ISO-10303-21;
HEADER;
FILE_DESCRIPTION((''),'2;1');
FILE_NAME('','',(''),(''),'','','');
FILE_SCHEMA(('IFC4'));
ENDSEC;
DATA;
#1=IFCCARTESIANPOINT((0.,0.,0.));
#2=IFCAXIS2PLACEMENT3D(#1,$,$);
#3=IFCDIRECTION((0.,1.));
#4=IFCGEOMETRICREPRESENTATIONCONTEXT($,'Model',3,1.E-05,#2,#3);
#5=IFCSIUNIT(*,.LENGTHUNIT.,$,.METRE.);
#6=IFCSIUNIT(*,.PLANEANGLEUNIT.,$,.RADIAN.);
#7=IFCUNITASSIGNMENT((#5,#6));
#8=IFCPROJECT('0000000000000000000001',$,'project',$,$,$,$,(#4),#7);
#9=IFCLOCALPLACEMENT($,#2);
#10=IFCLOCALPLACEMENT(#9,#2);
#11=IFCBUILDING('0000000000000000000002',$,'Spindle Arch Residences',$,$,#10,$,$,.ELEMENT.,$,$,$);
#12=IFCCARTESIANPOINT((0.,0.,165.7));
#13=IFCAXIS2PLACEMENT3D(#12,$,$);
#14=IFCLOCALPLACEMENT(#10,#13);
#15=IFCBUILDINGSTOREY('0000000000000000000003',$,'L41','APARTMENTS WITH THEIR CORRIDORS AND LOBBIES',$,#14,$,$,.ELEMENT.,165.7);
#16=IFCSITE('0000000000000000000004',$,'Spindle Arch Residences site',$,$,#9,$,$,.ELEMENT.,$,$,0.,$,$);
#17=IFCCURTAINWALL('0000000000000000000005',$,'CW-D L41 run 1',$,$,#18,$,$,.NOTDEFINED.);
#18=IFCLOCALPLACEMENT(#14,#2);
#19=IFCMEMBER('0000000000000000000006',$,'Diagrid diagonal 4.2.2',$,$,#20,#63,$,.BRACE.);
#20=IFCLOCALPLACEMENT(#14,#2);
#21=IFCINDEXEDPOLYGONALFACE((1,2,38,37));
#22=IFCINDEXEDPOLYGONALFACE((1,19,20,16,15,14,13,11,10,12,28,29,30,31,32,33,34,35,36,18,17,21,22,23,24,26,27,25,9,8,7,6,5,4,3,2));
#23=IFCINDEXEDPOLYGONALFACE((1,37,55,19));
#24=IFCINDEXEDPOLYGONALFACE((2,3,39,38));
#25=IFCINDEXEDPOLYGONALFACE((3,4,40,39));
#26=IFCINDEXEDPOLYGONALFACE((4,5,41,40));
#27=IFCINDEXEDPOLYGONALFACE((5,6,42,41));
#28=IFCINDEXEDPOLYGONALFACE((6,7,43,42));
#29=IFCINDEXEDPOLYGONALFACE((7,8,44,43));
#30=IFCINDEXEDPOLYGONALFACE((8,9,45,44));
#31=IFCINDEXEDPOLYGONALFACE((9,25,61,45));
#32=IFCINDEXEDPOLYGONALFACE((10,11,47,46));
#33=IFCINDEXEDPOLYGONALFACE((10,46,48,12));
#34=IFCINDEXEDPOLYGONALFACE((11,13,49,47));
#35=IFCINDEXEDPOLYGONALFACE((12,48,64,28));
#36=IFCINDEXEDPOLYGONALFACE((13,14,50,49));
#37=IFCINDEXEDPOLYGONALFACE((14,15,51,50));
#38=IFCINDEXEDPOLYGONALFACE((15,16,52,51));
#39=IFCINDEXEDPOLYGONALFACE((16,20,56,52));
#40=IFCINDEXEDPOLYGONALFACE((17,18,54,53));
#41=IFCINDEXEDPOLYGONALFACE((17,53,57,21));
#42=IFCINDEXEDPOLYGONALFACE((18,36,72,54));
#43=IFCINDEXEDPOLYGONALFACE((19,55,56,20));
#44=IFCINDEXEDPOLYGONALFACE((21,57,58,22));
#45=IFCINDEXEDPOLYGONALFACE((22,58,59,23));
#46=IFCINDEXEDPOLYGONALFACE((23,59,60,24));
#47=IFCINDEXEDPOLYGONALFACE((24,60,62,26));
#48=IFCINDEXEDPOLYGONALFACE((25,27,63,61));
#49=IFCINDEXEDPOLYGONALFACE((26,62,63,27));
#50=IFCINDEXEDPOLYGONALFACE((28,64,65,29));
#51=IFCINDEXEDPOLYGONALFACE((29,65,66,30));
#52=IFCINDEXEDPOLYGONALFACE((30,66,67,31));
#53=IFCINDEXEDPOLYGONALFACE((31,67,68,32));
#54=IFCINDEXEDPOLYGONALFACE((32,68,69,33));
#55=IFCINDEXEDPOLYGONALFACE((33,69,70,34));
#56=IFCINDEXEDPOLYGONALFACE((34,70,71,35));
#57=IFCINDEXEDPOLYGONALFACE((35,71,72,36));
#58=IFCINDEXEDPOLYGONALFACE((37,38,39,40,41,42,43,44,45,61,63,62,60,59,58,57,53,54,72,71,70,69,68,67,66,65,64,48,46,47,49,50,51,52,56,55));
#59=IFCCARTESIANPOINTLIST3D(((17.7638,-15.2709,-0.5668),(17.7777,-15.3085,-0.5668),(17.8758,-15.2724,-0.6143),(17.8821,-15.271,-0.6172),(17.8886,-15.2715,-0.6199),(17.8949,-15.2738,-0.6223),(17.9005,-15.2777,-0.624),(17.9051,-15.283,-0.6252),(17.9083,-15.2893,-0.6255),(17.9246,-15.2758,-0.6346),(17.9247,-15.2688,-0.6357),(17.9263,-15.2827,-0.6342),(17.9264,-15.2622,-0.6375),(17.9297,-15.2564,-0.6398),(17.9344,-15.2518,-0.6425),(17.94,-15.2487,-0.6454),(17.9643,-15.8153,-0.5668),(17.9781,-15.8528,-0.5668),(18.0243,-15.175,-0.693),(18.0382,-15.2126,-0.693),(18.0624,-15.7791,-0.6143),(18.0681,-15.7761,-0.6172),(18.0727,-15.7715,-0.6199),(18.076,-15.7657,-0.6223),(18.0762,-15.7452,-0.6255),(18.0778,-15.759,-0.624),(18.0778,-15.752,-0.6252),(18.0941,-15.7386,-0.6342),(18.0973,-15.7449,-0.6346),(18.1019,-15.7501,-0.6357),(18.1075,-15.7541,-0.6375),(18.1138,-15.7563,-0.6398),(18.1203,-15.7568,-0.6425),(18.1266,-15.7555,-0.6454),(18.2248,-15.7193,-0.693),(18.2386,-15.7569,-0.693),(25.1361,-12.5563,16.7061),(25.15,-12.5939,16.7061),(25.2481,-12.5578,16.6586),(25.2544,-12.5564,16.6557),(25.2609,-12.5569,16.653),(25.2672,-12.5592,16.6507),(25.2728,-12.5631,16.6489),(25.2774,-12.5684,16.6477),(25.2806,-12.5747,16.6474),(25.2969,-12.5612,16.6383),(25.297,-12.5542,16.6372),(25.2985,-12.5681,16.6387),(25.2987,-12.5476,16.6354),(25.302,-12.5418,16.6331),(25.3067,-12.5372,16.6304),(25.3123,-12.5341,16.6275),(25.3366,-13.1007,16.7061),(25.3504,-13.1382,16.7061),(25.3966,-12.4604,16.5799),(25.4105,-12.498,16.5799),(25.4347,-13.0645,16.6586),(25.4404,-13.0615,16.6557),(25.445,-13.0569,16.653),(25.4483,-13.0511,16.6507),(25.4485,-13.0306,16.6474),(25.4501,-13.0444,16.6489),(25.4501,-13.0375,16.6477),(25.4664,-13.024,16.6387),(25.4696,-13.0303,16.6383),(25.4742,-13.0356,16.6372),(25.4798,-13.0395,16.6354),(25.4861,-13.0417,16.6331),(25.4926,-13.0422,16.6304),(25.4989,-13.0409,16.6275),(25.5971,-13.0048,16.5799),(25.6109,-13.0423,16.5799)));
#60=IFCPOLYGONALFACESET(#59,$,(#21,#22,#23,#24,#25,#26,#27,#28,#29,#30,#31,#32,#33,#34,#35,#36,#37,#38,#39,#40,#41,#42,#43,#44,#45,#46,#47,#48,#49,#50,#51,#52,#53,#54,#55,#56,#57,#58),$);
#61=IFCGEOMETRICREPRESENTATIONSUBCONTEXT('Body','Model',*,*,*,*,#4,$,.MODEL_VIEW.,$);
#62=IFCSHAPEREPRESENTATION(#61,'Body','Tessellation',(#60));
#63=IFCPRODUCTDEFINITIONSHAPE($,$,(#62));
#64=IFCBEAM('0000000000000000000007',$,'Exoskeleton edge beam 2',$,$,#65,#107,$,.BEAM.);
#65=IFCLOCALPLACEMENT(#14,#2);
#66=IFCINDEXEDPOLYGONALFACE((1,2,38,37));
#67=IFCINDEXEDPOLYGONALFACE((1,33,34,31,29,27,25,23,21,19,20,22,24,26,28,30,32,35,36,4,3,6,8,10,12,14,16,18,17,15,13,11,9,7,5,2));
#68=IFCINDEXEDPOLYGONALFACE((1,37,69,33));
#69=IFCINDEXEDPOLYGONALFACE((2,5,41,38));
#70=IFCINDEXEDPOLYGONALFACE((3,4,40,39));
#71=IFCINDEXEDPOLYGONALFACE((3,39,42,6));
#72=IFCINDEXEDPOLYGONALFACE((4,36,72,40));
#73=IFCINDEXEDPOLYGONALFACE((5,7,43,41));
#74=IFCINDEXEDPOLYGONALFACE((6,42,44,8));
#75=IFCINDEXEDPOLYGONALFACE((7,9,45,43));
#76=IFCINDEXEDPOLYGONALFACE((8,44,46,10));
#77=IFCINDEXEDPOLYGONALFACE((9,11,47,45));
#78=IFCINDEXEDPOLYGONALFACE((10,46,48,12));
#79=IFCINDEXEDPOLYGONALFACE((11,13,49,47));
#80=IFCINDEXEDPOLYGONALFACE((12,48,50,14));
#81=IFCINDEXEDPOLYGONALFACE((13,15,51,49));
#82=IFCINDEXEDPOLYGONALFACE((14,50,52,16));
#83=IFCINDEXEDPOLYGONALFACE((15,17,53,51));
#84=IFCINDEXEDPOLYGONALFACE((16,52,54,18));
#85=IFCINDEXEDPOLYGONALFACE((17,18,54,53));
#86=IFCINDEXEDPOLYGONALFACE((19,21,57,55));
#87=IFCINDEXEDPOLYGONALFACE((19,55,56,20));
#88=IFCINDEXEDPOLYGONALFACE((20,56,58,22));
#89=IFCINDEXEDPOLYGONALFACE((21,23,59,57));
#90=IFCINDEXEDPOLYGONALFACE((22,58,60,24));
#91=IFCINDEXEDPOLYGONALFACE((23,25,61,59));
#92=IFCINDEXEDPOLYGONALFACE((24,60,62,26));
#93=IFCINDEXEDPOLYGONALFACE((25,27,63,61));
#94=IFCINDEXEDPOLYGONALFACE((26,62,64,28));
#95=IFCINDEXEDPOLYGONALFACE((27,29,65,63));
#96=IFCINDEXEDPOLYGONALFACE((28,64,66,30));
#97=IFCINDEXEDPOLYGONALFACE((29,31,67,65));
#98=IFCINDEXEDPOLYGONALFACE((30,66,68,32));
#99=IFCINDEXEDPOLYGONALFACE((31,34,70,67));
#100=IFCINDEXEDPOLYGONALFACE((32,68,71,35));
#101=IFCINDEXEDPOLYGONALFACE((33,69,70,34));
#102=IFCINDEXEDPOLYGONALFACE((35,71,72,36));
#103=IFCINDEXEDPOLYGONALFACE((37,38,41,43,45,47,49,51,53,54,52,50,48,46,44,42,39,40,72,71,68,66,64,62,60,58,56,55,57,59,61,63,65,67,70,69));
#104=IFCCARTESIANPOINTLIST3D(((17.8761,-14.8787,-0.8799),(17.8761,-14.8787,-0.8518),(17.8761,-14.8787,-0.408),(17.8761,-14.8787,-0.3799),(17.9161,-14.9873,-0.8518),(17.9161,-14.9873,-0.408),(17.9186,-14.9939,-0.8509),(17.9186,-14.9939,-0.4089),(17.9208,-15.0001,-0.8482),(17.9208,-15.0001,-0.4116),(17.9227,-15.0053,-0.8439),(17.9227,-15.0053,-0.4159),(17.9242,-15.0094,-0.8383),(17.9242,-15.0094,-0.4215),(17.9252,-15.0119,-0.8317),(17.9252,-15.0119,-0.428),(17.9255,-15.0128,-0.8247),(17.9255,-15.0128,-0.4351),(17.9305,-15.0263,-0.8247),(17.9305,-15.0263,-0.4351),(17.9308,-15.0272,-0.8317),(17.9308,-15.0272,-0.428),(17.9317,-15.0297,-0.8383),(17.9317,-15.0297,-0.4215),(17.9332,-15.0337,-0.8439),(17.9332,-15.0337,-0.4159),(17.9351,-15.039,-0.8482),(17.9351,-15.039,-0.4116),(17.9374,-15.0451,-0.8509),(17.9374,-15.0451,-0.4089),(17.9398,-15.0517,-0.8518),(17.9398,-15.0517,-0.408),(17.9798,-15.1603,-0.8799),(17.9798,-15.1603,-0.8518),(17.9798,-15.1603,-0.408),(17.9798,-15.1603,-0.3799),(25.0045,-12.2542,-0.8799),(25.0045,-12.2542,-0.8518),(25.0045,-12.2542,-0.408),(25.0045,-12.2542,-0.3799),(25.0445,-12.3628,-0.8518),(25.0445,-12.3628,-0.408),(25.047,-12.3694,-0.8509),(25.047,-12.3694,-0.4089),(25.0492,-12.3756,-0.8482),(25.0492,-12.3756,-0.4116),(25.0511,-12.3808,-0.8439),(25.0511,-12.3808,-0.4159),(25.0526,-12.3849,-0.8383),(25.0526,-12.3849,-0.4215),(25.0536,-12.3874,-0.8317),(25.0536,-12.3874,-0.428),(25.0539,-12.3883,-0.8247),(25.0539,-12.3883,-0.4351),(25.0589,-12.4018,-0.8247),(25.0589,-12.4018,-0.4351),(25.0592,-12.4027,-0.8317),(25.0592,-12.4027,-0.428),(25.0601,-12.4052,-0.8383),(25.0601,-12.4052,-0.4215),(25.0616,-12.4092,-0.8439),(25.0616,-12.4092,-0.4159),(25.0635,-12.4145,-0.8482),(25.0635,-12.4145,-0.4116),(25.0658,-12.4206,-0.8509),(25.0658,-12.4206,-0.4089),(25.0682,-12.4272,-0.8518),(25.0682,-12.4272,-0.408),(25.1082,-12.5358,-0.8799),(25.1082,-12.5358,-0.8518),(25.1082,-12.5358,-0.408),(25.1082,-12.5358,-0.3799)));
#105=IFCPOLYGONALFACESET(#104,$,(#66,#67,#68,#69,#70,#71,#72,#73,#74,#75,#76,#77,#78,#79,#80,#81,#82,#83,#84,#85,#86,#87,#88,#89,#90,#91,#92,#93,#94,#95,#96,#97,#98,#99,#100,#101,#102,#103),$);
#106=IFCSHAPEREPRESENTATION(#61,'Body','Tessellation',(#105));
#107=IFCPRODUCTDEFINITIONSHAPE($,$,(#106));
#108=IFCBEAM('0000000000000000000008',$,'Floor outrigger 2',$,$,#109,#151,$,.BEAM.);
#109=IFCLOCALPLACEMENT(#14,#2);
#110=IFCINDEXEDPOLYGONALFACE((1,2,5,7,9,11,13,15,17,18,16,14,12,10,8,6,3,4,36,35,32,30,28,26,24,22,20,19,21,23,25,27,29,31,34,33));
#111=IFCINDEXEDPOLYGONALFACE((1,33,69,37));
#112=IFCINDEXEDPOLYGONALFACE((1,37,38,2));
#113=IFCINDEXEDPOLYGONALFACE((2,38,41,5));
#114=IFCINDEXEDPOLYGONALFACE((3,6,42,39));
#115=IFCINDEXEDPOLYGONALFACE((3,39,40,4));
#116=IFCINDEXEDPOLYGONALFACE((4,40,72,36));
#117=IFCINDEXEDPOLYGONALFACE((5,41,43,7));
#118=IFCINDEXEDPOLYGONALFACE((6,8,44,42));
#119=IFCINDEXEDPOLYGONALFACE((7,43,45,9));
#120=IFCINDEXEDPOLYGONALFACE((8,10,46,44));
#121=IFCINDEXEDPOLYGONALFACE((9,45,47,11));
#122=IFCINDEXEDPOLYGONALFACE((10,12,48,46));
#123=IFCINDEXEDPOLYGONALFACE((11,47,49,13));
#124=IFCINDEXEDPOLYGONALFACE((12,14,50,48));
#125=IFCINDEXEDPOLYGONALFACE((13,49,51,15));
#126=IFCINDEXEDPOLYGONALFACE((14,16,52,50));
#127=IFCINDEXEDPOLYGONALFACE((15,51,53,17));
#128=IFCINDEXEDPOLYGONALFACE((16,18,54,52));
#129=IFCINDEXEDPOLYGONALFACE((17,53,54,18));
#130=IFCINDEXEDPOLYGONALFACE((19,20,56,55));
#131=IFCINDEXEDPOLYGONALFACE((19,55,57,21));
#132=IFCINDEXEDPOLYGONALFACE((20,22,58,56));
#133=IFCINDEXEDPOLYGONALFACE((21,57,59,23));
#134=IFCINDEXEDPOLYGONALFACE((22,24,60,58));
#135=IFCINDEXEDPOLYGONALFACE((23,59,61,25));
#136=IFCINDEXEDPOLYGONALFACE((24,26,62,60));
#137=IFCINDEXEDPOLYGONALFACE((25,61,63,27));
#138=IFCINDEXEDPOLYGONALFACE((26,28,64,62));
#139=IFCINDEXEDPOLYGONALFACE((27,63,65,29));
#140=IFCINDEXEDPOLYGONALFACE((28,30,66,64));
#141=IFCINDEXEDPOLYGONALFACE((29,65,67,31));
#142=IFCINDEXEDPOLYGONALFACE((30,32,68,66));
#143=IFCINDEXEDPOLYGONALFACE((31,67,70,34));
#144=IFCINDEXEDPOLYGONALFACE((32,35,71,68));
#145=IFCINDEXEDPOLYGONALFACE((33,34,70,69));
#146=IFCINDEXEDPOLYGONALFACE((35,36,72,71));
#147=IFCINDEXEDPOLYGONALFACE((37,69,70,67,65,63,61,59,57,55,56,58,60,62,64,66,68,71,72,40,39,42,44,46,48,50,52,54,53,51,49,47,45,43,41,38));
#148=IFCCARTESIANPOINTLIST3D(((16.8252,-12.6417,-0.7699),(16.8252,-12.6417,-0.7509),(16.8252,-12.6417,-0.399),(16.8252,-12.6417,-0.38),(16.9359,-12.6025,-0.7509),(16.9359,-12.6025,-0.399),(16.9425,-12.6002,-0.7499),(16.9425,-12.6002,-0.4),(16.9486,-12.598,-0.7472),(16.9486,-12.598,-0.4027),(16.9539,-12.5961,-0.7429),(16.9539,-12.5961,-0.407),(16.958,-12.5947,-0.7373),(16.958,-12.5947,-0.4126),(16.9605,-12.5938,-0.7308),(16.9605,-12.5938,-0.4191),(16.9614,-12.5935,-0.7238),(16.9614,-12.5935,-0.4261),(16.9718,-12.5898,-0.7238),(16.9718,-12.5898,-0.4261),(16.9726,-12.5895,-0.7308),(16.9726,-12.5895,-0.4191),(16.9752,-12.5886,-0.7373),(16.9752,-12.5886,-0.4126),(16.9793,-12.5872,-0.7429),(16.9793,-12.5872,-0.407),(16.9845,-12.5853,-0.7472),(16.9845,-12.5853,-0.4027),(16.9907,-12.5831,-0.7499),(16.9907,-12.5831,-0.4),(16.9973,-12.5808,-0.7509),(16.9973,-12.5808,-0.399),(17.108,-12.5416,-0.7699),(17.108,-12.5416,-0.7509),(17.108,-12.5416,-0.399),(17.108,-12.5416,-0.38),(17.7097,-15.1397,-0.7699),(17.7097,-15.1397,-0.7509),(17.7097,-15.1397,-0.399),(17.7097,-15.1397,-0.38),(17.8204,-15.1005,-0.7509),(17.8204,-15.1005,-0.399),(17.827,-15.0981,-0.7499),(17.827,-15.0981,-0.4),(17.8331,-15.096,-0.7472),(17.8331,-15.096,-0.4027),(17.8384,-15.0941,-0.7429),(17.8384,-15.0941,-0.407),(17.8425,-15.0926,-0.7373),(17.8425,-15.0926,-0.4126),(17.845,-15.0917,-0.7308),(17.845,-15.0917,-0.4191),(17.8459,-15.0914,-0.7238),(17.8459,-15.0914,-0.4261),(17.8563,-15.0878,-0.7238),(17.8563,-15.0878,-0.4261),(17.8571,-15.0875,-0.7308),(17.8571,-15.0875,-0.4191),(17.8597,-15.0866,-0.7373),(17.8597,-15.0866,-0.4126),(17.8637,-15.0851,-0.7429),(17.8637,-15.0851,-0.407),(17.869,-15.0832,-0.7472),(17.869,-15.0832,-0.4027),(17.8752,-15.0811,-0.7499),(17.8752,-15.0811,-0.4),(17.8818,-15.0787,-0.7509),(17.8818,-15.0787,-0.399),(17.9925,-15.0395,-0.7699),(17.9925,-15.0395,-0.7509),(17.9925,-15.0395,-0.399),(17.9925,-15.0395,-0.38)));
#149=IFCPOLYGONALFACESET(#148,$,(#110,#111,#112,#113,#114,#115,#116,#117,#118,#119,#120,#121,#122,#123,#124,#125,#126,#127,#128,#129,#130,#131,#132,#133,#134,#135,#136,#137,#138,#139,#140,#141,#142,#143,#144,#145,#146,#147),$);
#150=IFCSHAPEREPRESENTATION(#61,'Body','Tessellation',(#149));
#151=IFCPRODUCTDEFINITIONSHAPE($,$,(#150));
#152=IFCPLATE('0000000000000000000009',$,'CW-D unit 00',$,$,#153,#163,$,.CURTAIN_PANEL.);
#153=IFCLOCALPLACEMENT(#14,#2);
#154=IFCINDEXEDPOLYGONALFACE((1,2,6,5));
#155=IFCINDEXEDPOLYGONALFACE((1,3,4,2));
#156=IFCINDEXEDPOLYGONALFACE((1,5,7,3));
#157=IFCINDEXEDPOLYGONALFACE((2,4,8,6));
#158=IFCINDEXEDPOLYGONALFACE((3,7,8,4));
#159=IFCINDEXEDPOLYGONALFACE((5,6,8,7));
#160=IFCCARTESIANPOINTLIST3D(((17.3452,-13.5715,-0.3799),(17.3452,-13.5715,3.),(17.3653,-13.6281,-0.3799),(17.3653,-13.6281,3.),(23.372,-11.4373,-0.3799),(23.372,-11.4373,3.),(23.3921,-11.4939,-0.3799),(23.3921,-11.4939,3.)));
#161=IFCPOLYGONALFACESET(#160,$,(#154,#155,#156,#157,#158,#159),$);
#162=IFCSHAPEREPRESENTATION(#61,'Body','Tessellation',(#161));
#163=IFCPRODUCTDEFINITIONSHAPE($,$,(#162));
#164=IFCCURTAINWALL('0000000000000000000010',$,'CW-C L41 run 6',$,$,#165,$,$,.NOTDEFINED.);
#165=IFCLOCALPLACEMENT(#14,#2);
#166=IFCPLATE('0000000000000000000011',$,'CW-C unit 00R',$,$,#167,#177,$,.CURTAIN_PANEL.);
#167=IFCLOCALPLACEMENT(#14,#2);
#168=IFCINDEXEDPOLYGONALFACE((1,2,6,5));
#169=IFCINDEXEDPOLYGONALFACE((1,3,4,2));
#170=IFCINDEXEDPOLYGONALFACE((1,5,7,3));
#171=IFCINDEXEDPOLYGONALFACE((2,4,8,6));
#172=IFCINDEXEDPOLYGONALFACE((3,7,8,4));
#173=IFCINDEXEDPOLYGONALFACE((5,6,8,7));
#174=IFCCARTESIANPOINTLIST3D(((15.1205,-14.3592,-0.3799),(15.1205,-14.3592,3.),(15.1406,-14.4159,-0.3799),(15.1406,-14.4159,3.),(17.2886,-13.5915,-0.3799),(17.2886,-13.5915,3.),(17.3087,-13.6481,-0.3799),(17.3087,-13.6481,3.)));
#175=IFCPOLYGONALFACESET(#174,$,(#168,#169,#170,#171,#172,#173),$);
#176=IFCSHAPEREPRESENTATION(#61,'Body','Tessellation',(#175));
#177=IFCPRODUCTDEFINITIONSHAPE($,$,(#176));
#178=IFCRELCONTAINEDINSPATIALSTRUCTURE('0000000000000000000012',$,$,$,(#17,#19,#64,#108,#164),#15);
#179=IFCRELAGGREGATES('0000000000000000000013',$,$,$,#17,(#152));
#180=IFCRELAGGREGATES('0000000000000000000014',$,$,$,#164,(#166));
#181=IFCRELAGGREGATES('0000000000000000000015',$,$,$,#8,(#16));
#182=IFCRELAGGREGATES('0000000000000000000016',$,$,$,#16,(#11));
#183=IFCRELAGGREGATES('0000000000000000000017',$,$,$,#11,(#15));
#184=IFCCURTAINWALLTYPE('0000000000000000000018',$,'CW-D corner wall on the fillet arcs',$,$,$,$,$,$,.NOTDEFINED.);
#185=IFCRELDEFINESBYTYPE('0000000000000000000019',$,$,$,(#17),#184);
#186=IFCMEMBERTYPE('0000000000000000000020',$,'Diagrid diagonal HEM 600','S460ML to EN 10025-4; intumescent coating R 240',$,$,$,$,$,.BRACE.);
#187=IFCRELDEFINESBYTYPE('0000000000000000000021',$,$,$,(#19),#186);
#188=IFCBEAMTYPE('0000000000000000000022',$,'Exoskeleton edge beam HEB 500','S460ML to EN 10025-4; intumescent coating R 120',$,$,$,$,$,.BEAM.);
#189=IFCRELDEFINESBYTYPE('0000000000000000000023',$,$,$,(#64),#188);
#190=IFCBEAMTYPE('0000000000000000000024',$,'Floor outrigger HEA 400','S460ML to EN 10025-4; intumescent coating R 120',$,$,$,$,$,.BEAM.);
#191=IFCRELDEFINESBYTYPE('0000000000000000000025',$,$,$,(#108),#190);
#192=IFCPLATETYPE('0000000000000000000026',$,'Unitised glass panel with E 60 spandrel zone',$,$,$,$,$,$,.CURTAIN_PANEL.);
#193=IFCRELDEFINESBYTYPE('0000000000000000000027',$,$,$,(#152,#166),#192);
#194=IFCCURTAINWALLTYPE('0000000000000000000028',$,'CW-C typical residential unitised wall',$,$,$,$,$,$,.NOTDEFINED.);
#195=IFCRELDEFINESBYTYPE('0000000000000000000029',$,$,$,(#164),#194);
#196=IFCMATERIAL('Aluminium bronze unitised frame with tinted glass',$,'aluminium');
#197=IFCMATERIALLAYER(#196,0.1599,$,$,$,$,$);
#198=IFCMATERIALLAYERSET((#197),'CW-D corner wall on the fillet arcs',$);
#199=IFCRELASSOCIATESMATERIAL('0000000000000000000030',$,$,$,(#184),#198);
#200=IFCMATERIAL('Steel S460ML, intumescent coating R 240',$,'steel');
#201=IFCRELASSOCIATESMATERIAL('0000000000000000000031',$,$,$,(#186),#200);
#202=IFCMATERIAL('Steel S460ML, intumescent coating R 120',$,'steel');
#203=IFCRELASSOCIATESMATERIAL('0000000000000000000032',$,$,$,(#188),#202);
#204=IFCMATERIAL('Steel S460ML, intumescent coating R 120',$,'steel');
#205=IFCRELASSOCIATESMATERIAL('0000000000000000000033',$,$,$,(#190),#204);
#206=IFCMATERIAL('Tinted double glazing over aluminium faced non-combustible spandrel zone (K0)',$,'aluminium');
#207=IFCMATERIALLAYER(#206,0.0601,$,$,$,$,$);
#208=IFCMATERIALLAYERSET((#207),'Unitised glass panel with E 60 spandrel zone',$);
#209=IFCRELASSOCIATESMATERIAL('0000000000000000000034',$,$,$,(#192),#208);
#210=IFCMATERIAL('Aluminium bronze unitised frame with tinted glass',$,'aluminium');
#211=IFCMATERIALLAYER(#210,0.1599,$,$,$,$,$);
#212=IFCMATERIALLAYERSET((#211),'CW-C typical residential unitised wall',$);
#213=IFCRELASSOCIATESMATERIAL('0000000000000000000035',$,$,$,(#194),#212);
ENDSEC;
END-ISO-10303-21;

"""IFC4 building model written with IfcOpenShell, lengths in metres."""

from ifc_helpers import new_model, si_unit, direction, frame, origin, origin_2d, place, context, subcontext, project, spatial, rectangle, i_section, extrude, material, layer, layer_set, material_profile, profile_set, type_object, element, aggregate, save


model = new_model("IFC4")

# Units and contexts
model_context = context("Model", 3, precision=1e-05, world=origin(), true_north=direction((0.0, 1.0)))
body_context = subcontext(model_context, "Body", "Model", "MODEL_VIEW")
ifc_project = project(units=[si_unit("LENGTHUNIT", "METRE"), si_unit("PLANEANGLEUNIT", "RADIAN")], contexts=[model_context])

# Site, building, storey
site_placement = place(None, origin())
site = spatial("IfcSite", under=ifc_project, at=site_placement, Name="Spindle Arch Residences site", CompositionType="ELEMENT", RefElevation=0.0)
building_placement = place(site_placement, origin())
building = spatial("IfcBuilding", under=site, at=building_placement, Name="Spindle Arch Residences", CompositionType="ELEMENT")
storey_placement = place(building_placement, frame((0.0, 0.0, 165.7)))
storey = spatial("IfcBuildingStorey", under=building, at=storey_placement, Name="L41", Description="APARTMENTS WITH THEIR CORRIDORS AND LOBBIES", CompositionType="ELEMENT", Elevation=165.7)

# Curtain wall
ifc_material_1 = material(Name="Aluminium bronze unitised frame with tinted glass", Category="aluminium")
ifc_layer_1 = layer(ifc_material_1, 0.1599)
ifc_layer_set_1 = layer_set([ifc_layer_1], Name="CW-D corner wall on the fillet arcs")
curtain_wall_type_1 = type_object("IfcCurtainWallType", Name="CW-D corner wall on the fillet arcs", PredefinedType="NOTDEFINED", material=ifc_layer_set_1)
curtain_wall_1_placement = place(storey_placement, origin())
curtain_wall_1 = element("IfcCurtainWall", 1, at=curtain_wall_1_placement, inside=storey, type_object=curtain_wall_type_1, Name="CW-D L41 run 1", PredefinedType="NOTDEFINED")

# Member
ifc_material_2 = material(Name="Steel S460ML, intumescent coating R 240", Category="steel")
ifc_material_profile_1 = material_profile(ifc_material_2, i_section(OverallWidth=0.3049, OverallDepth=0.6201, WebThickness=0.021, FlangeThickness=0.04, FilletRadius=0.0271, at=origin_2d()), Name="HEM 600")
ifc_profile_set_1 = profile_set([ifc_material_profile_1], Name="Steel S460ML, intumescent coating R 240")
member_type_1 = type_object("IfcMemberType", Name="Diagrid diagonal HEM 600", Description="S460ML to EN 10025-4; intumescent coating R 240", PredefinedType="BRACE", material=ifc_profile_set_1)
member_1_placement = place(storey_placement, frame((18.0012, -15.5139, -0.6299), z_axis=(0.388515, 0.143057, 0.91027), x_axis=(-0.854202, -0.31453, 0.414016)))
element("IfcMember", 2, at=member_1_placement, inside=storey, type_object=member_type_1, Name="Diagrid diagonal 4.2.2", PredefinedType="BRACE", context=body_context, shape_type="SweptSolid", body=[
    extrude(i_section(OverallWidth=0.3049, OverallDepth=0.6201, WebThickness=0.021, FlangeThickness=0.04, FilletRadius=0.0271, at=origin_2d()), origin(), (0.0, 0.0, 1.0), 18.9756),
])

# Beams
ifc_material_3 = material(Name="Steel S460ML, intumescent coating R 120", Category="steel")
ifc_material_profile_2 = material_profile(ifc_material_3, i_section(OverallWidth=0.3, OverallDepth=0.5, WebThickness=0.0144, FlangeThickness=0.0281, FilletRadius=0.0271, at=origin_2d()), Name="HEB 500")
ifc_profile_set_2 = profile_set([ifc_material_profile_2], Name="Steel S460ML, intumescent coating R 120")
beam_type_1 = type_object("IfcBeamType", Name="Exoskeleton edge beam HEB 500", Description="S460ML to EN 10025-4; intumescent coating R 120", PredefinedType="BEAM", material=ifc_profile_set_2)
beam_1_placement = place(storey_placement, frame((17.928, -15.0195, -0.6299), z_axis=(0.938418, 0.345503, 0.0), x_axis=(-0.345503, 0.938418, 0.0)))
element("IfcBeam", 3, at=beam_1_placement, inside=storey, type_object=beam_type_1, Name="Exoskeleton edge beam 2", PredefinedType="BEAM", context=body_context, shape_type="SweptSolid", body=[
    extrude(i_section(OverallWidth=0.3, OverallDepth=0.5, WebThickness=0.0144, FlangeThickness=0.0281, FilletRadius=0.0271, at=origin_2d()), origin(), (0.0, 0.0, 1.0), 7.5962),
])
ifc_material_4 = material(Name="Steel S460ML, intumescent coating R 120", Category="steel")
ifc_material_profile_3 = material_profile(ifc_material_4, i_section(OverallWidth=0.3, OverallDepth=0.3899, WebThickness=0.011, FlangeThickness=0.019, FilletRadius=0.0271, at=origin_2d()), Name="HEA 400")
ifc_profile_set_3 = profile_set([ifc_material_profile_3], Name="Steel S460ML, intumescent coating R 120")
beam_type_2 = type_object("IfcBeamType", Name="Floor outrigger HEA 400", Description="S460ML to EN 10025-4; intumescent coating R 120", PredefinedType="BEAM", material=ifc_profile_set_3)
beam_2_placement = place(storey_placement, frame((17.8511, -15.0896, -0.575), z_axis=(-0.333779, 0.942651, 0.0), x_axis=(-0.942651, -0.333779, 0.0)))
element("IfcBeam", 4, at=beam_2_placement, inside=storey, type_object=beam_type_2, Name="Floor outrigger 2", PredefinedType="BEAM", context=body_context, shape_type="SweptSolid", body=[
    extrude(i_section(OverallWidth=0.3, OverallDepth=0.3899, WebThickness=0.011, FlangeThickness=0.019, FilletRadius=0.0271, at=origin_2d()), origin(), (0.0, 0.0, 1.0), 2.6499),
])

# Plate
ifc_material_5 = material(Name="Tinted double glazing over aluminium faced non-combustible spandrel zone (K0)", Category="aluminium")
ifc_layer_2 = layer(ifc_material_5, 0.0601)
ifc_layer_set_2 = layer_set([ifc_layer_2], Name="Unitised glass panel with E 60 spandrel zone")
plate_type = type_object("IfcPlateType", Name="Unitised glass panel with E 60 spandrel zone", PredefinedType="CURTAIN_PANEL", material=ifc_layer_set_2)
plate_1_placement = place(storey_placement, frame((20.3687, -12.5327, -0.3799), z_axis=(0.0, 0.0, 1.0), x_axis=(0.942641, 0.333807, 0.0)))
plate_1 = element("IfcPlate", 5, at=plate_1_placement, type_object=plate_type, Name="CW-D unit 00", PredefinedType="CURTAIN_PANEL", context=body_context, shape_type="SweptSolid", body=[
    extrude(rectangle(XDim=6.3936, YDim=0.0601, at=origin_2d()), origin(), (0.0, 0.0, 1.0), 3.3799),
])
aggregate(curtain_wall_1, [plate_1])

# Curtain wall, plate
ifc_material_6 = material(Name="Aluminium bronze unitised frame with tinted glass", Category="aluminium")
ifc_layer_3 = layer(ifc_material_6, 0.1599)
ifc_layer_set_3 = layer_set([ifc_layer_3], Name="CW-C typical residential unitised wall")
curtain_wall_type_2 = type_object("IfcCurtainWallType", Name="CW-C typical residential unitised wall", PredefinedType="NOTDEFINED", material=ifc_layer_set_3)
curtain_wall_2_placement = place(storey_placement, origin())
curtain_wall_2 = element("IfcCurtainWall", 6, at=curtain_wall_2_placement, inside=storey, type_object=curtain_wall_type_2, Name="CW-C L41 run 6", PredefinedType="NOTDEFINED")
plate_2_placement = place(storey_placement, frame((16.2146, -14.0037, -0.3799), z_axis=(0.0, 0.0, 1.0), x_axis=(0.942641, 0.333807, 0.0)))
plate_2 = element("IfcPlate", 7, at=plate_2_placement, type_object=plate_type, Name="CW-C unit 00R", PredefinedType="CURTAIN_PANEL", context=body_context, shape_type="SweptSolid", body=[
    extrude(rectangle(XDim=2.3, YDim=0.0601, at=origin_2d()), origin(), (0.0, 0.0, 1.0), 3.3799),
])
aggregate(curtain_wall_2, [plate_2])

save(model, "model.ifc")
